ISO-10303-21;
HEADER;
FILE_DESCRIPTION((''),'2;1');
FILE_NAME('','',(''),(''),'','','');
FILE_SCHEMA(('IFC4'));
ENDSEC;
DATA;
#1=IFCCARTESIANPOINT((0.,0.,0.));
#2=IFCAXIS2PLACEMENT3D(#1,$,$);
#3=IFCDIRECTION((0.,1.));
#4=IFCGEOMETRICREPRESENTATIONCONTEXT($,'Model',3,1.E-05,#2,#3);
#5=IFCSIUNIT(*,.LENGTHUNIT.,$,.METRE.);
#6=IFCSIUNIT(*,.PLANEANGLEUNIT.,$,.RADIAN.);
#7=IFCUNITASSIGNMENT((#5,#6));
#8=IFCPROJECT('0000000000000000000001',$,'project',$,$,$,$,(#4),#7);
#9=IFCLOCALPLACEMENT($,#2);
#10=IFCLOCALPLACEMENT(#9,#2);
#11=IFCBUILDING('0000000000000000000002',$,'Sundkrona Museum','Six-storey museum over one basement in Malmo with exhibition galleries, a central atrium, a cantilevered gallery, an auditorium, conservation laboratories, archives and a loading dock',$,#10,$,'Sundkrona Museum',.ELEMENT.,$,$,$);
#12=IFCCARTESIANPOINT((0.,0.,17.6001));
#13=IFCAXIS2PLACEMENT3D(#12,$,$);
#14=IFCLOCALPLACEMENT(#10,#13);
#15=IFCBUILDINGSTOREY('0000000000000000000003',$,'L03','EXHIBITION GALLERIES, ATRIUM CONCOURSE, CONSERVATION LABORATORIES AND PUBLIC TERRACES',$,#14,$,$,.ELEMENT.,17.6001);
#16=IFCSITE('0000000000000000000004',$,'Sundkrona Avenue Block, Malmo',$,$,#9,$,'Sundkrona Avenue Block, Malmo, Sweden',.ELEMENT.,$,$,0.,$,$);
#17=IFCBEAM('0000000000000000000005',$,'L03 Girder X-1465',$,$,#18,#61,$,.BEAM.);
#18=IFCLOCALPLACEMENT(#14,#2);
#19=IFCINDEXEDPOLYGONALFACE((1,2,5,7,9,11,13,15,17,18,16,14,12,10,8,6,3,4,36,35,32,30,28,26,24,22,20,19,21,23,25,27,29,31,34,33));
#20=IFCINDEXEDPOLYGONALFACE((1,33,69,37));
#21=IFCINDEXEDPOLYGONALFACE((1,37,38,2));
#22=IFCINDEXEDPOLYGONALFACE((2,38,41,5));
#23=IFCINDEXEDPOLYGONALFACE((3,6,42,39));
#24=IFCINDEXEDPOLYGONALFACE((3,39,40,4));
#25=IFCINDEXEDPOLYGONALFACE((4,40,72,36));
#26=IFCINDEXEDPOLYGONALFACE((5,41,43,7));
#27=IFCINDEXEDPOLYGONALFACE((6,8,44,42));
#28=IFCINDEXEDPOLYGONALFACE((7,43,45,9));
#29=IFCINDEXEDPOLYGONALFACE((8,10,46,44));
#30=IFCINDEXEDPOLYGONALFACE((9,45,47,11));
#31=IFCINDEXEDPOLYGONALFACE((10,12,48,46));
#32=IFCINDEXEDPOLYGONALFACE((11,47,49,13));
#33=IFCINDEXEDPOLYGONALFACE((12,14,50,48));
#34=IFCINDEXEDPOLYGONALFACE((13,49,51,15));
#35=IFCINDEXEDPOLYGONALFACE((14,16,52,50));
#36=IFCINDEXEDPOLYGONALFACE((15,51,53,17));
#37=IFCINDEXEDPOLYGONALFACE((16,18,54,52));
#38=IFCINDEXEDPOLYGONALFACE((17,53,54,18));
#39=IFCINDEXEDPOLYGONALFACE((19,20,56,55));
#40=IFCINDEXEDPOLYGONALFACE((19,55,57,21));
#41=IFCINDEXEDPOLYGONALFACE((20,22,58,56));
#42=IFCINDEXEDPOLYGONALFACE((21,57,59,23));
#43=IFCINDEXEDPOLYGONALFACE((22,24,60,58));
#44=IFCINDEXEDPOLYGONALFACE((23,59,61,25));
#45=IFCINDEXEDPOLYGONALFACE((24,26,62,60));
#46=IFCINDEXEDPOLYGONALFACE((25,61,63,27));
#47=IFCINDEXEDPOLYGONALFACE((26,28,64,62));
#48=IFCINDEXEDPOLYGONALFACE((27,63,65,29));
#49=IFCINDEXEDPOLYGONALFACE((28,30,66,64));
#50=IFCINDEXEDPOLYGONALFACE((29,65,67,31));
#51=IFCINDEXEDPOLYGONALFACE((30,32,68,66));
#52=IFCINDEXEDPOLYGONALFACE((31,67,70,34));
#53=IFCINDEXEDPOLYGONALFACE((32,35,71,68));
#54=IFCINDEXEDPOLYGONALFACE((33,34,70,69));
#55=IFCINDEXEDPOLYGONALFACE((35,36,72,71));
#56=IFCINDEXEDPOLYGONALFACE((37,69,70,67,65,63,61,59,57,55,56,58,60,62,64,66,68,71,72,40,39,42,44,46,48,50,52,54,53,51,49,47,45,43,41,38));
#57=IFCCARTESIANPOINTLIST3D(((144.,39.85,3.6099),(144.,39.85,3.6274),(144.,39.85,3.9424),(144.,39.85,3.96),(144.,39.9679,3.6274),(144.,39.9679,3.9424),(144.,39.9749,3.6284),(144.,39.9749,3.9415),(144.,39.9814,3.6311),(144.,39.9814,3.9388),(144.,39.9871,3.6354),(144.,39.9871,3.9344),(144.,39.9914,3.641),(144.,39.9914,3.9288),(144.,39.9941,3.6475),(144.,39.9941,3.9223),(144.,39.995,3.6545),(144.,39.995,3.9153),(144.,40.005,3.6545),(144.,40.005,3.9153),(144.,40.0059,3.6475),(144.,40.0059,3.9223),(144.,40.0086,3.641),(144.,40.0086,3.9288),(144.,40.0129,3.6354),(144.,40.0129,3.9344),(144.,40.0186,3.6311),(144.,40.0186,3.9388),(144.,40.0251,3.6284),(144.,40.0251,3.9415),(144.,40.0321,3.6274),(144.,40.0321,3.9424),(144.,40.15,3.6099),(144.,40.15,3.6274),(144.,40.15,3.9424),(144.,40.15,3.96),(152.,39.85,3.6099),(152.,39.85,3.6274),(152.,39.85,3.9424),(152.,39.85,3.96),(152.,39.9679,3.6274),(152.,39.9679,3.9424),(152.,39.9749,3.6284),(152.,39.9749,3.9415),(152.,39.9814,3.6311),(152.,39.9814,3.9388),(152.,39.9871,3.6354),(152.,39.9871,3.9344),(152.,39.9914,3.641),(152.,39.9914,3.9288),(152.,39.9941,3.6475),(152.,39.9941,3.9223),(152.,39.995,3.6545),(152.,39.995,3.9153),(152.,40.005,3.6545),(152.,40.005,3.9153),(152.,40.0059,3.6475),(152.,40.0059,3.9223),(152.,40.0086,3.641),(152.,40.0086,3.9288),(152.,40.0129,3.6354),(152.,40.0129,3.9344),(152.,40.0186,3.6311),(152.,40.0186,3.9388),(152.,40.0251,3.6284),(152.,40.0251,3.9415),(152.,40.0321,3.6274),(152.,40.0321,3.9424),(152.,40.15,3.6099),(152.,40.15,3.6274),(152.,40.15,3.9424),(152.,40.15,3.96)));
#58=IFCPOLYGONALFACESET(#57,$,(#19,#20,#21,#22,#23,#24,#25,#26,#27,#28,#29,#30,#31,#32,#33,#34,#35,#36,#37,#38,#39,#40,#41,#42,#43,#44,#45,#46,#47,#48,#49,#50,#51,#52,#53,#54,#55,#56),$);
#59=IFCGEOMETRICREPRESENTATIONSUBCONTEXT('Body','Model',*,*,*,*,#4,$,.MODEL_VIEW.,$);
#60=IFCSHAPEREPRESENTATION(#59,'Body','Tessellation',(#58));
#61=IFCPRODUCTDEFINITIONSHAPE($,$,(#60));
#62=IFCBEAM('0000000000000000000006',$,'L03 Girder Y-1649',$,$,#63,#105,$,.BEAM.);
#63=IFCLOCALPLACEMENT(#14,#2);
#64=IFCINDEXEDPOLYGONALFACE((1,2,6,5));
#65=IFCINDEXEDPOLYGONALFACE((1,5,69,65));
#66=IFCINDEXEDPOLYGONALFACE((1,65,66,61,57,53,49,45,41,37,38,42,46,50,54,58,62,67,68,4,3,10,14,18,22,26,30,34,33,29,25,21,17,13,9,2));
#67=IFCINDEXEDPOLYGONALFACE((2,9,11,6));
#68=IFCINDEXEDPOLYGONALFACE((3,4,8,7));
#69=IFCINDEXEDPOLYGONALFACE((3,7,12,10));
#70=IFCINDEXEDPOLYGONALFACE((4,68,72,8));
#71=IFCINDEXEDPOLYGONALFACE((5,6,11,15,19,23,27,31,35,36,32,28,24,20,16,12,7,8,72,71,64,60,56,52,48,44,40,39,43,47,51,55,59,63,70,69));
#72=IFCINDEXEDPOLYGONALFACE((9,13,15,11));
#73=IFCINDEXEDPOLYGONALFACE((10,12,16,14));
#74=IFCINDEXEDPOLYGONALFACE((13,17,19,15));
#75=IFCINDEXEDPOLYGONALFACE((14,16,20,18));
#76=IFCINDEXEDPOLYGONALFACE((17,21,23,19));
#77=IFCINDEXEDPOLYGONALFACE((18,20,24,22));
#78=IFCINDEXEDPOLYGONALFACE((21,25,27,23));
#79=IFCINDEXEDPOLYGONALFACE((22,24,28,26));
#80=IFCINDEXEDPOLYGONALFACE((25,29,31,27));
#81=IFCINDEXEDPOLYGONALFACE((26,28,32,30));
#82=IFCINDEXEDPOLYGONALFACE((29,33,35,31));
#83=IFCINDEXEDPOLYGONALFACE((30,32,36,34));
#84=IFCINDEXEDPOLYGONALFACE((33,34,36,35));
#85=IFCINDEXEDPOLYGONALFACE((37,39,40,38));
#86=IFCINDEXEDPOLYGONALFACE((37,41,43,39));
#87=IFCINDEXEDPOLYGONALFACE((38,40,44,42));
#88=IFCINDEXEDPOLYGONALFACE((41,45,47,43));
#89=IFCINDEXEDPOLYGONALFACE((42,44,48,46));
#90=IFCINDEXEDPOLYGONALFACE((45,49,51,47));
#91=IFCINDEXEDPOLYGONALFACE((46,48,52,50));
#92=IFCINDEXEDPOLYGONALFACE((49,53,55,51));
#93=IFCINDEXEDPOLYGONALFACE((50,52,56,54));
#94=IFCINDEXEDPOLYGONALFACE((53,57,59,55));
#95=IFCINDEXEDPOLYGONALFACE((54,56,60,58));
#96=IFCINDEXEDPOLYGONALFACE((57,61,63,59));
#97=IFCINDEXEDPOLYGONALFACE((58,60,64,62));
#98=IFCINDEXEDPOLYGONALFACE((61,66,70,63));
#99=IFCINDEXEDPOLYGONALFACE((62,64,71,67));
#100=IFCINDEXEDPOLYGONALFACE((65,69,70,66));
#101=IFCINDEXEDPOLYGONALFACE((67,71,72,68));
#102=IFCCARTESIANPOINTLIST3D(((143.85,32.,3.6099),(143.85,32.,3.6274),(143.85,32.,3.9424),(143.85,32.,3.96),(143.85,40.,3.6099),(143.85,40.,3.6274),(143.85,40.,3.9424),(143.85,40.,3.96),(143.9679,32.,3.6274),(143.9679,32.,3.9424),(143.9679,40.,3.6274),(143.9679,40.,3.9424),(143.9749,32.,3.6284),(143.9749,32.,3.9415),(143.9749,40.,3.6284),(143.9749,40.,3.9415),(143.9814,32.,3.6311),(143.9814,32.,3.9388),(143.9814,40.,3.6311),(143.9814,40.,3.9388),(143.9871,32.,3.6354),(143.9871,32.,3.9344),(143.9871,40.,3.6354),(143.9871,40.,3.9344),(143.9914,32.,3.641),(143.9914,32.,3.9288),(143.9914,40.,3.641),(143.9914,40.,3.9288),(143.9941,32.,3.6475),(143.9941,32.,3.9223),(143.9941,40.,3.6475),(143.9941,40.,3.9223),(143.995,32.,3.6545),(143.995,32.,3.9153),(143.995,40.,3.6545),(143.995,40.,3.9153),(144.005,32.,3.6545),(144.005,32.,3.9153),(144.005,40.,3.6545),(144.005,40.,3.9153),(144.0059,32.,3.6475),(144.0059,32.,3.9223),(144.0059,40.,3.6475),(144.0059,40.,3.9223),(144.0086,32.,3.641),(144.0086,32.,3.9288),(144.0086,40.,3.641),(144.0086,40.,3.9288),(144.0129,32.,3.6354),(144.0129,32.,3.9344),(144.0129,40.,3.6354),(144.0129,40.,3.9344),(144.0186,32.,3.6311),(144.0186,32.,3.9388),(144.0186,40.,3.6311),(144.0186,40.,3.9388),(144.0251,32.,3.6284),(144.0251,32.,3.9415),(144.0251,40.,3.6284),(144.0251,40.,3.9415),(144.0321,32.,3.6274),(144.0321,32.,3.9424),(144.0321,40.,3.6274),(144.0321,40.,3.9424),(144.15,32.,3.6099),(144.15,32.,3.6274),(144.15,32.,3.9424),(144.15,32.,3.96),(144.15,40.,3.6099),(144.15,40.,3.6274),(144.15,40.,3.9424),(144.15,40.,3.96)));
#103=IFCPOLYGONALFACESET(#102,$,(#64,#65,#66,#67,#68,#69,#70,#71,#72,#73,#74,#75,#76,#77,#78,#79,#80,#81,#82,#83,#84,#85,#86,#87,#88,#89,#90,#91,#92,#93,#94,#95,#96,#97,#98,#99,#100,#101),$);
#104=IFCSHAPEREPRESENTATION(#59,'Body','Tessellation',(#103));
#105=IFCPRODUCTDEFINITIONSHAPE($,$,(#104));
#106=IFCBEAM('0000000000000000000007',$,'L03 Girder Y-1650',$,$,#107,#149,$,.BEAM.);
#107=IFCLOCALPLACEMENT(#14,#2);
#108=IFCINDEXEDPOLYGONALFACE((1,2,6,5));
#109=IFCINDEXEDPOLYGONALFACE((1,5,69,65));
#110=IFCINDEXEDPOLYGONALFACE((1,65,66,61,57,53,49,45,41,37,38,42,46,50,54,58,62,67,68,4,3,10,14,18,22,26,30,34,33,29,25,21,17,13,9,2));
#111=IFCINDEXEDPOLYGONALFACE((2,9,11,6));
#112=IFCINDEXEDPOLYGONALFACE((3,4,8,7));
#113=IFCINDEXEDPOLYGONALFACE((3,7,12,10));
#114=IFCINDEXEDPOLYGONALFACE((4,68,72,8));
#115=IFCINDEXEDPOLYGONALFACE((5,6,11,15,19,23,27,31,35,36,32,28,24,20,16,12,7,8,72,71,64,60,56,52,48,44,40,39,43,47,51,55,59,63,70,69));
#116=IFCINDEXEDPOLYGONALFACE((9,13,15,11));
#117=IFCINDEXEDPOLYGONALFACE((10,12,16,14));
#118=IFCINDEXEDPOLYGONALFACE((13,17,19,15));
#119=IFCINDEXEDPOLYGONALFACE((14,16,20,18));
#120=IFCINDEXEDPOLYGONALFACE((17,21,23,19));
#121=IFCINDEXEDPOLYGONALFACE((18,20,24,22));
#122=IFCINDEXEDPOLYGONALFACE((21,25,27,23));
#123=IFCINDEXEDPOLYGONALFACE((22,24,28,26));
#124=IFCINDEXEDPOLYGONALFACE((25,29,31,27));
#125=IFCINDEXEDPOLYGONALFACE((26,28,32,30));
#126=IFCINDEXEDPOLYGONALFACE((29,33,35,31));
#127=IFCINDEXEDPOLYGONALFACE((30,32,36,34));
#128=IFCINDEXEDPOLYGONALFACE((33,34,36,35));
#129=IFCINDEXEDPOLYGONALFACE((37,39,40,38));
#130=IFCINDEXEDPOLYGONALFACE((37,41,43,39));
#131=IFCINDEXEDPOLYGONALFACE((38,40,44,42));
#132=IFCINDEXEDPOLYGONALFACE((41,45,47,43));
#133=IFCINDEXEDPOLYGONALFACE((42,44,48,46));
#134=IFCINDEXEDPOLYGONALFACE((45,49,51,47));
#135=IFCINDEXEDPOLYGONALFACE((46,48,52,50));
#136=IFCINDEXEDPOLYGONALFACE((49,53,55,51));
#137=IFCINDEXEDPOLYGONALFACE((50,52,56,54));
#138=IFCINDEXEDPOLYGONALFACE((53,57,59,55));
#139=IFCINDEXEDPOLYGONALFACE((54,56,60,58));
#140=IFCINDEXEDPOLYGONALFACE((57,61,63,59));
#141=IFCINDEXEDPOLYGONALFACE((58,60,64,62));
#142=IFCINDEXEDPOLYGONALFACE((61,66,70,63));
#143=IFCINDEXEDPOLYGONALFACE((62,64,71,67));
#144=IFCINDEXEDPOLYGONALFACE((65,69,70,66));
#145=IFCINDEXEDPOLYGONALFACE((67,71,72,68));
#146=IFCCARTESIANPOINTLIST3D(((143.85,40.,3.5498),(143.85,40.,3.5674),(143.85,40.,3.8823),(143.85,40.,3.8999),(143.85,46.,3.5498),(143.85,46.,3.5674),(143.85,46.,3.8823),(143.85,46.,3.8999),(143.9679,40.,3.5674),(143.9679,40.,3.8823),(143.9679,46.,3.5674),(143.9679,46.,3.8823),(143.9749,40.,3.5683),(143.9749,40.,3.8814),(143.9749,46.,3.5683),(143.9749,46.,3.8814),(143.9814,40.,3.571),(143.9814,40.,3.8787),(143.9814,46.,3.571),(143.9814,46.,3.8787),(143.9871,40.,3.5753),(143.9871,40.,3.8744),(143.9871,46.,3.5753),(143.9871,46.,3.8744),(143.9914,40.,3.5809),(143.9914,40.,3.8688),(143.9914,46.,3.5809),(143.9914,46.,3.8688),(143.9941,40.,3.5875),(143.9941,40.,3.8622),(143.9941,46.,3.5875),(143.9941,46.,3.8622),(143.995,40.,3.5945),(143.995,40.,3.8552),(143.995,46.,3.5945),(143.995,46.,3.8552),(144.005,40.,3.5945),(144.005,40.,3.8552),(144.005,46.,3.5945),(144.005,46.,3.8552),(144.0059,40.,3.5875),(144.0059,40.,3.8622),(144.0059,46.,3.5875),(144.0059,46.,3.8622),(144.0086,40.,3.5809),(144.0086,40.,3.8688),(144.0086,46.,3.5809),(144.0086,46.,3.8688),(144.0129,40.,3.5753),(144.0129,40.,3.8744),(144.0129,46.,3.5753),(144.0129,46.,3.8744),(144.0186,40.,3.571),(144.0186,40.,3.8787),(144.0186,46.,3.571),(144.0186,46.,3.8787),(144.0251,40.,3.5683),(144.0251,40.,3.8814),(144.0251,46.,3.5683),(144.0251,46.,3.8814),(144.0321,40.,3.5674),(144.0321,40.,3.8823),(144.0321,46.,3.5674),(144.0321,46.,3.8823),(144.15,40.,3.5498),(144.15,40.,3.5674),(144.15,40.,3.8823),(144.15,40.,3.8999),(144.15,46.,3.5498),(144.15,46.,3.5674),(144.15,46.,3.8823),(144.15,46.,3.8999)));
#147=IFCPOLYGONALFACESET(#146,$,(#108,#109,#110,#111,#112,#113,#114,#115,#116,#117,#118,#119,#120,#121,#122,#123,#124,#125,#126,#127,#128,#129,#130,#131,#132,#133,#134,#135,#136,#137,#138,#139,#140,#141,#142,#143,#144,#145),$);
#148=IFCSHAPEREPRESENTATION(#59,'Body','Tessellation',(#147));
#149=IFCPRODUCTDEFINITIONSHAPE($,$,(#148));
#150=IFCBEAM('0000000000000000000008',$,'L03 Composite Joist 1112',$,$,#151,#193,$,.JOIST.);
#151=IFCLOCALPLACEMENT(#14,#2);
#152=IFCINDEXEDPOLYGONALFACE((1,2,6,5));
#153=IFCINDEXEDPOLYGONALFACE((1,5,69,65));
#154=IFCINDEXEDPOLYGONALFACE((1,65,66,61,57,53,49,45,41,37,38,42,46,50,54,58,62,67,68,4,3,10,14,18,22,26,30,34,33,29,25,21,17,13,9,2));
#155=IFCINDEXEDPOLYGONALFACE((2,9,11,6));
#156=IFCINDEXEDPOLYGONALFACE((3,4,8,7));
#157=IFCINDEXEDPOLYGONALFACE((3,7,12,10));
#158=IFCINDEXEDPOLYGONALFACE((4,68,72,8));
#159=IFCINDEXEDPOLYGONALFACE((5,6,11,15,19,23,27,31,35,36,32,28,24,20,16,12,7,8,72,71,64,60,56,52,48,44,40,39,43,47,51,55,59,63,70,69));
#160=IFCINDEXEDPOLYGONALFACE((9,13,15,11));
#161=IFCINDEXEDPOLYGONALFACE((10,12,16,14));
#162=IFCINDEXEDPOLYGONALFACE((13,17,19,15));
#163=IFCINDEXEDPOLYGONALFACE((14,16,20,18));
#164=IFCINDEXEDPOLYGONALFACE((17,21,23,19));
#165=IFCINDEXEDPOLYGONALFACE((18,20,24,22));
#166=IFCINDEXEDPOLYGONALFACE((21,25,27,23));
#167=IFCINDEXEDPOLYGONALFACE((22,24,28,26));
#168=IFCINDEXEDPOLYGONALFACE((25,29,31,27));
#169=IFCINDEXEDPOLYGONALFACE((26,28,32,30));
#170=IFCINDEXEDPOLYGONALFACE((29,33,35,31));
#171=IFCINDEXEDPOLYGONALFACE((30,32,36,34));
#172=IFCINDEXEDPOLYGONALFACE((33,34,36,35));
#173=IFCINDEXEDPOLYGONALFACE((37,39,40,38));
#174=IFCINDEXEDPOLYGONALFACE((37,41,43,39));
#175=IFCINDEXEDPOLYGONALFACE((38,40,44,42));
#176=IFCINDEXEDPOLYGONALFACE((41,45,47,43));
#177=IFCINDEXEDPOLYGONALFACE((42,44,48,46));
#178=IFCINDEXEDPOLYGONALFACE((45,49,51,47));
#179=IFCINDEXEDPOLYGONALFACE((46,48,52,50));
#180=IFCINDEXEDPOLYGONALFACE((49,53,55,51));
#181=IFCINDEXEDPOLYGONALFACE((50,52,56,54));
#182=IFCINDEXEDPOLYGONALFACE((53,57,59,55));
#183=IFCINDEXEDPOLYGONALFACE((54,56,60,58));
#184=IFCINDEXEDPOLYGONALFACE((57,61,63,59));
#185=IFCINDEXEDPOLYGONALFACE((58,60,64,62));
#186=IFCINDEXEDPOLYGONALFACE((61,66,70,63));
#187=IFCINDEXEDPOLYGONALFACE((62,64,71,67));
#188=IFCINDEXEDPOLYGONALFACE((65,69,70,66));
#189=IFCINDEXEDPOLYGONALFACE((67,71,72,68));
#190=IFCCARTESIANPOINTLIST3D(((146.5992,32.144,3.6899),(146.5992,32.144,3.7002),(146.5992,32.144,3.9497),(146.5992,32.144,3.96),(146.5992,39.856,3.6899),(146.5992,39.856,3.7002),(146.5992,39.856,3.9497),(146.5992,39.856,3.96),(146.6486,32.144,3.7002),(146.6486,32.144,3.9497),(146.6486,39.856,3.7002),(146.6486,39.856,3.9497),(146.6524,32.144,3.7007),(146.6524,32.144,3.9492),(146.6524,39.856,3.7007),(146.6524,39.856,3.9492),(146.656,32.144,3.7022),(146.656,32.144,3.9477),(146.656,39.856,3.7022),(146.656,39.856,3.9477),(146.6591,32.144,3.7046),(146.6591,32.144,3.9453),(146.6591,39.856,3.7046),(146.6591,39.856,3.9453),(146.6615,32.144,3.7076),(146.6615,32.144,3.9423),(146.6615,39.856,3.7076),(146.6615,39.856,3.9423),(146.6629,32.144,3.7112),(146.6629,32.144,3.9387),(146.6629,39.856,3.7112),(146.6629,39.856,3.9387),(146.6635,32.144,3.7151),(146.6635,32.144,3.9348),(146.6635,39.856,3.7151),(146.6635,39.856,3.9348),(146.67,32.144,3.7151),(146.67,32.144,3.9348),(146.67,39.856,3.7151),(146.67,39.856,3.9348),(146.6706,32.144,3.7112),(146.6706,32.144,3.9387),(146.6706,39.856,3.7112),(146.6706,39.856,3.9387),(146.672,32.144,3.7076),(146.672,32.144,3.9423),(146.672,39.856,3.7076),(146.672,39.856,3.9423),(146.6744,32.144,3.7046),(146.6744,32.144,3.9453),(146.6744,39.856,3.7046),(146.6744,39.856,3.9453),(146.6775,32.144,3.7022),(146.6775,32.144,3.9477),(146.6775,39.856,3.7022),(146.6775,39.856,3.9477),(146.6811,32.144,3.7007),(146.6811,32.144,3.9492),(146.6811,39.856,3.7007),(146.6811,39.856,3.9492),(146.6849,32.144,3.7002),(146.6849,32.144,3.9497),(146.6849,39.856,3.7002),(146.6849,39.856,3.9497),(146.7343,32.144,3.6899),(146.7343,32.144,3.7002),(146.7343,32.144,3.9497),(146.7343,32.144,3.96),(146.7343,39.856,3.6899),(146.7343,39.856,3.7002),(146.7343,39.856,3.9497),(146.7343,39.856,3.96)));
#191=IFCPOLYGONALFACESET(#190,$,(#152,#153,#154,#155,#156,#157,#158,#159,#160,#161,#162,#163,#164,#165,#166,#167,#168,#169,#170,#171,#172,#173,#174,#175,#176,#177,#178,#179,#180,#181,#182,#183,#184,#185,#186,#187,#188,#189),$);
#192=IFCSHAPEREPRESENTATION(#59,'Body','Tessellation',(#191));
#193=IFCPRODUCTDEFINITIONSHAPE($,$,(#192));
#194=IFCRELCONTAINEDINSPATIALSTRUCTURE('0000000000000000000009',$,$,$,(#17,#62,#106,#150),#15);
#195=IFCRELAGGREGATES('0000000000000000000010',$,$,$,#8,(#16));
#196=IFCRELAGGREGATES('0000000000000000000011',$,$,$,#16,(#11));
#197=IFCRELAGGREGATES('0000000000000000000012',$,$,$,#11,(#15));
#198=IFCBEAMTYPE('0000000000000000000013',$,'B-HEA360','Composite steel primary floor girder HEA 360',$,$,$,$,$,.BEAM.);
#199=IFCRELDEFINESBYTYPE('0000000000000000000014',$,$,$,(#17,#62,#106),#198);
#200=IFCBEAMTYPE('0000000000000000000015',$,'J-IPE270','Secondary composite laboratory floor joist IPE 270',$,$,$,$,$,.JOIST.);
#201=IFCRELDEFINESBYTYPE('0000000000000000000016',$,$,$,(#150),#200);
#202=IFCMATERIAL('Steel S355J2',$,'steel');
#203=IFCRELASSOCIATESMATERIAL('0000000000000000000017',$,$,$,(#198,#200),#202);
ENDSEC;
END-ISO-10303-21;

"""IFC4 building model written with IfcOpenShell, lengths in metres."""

from ifc_helpers import new_model, si_unit, direction, frame, origin, origin_2d, place, context, subcontext, project, spatial, i_section, extrude, material, material_profile, profile_set, type_object, element, save


model = new_model("IFC4")

# Units and contexts
model_context = context("Model", 3, precision=1e-05, world=origin(), true_north=direction((0.0, 1.0)))
body_context = subcontext(model_context, "Body", "Model", "MODEL_VIEW")
ifc_project = project(units=[si_unit("LENGTHUNIT", "METRE"), si_unit("PLANEANGLEUNIT", "RADIAN")], contexts=[model_context])

# Site, building, storey
site_placement = place(None, origin())
site = spatial("IfcSite", under=ifc_project, at=site_placement, Name="Sundkrona Avenue Block, Malmo", LongName="Sundkrona Avenue Block, Malmo, Sweden", CompositionType="ELEMENT", RefElevation=0.0)
building_placement = place(site_placement, origin())
building = spatial("IfcBuilding", under=site, at=building_placement, Name="Sundkrona Museum", Description="Six-storey museum over one basement in Malmo with exhibition galleries, a central atrium, a cantilevered gallery, an auditorium, conservation laboratories, archives and a loading dock", LongName="Sundkrona Museum", CompositionType="ELEMENT")
storey_placement = place(building_placement, frame((0.0, 0.0, 17.6001)))
storey = spatial("IfcBuildingStorey", under=building, at=storey_placement, Name="L03", Description="EXHIBITION GALLERIES, ATRIUM CONCOURSE, CONSERVATION LABORATORIES AND PUBLIC TERRACES", CompositionType="ELEMENT", Elevation=17.6001)

# Shared definitions
ifc_material_1 = material(Name="Steel S355J2", Category="steel")

# Beams
ifc_material_profile_1 = material_profile(ifc_material_1, i_section(OverallWidth=0.3, OverallDepth=0.3501, WebThickness=0.01, FlangeThickness=0.0176, FilletRadius=0.0271, at=origin_2d()), Name="HEA 360")
ifc_profile_set_1 = profile_set([ifc_material_profile_1], Name="Steel S355J2")
beam_type_1 = type_object("IfcBeamType", Name="B-HEA360", Description="Composite steel primary floor girder HEA 360", PredefinedType="BEAM", material=ifc_profile_set_1)
for number, where, z_axis, x_axis, name in (
    (1, (144.0, 40.0, 3.7849), (1.0, 0.0, 0.0), (0.0, 1.0, 0.0), "L03 Girder X-1465"),
    (2, (144.0, 32.0, 3.7849), (0.0, 1.0, 0.0), (-1.0, 0.0, 0.0), "L03 Girder Y-1649"),
):
    element("IfcBeam", number, at=place(storey_placement, frame(where, z_axis=z_axis, x_axis=x_axis)), inside=storey, type_object=beam_type_1, Name=name, PredefinedType="BEAM", context=body_context, shape_type="SweptSolid", body=[
        extrude(i_section(OverallWidth=0.3, OverallDepth=0.3501, WebThickness=0.01, FlangeThickness=0.0176, FilletRadius=0.0271, at=origin_2d()), origin(), (0.0, 0.0, 1.0), 8.0),
    ])
beam_1_placement = place(storey_placement, frame((144.0, 40.0, 3.7249), z_axis=(0.0, 1.0, 0.0), x_axis=(-1.0, 0.0, 0.0)))
element("IfcBeam", 3, at=beam_1_placement, inside=storey, type_object=beam_type_1, Name="L03 Girder Y-1650", PredefinedType="BEAM", context=body_context, shape_type="SweptSolid", body=[
    extrude(i_section(OverallWidth=0.3, OverallDepth=0.3501, WebThickness=0.01, FlangeThickness=0.0176, FilletRadius=0.0271, at=origin_2d()), origin(), (0.0, 0.0, 1.0), 6.0),
])
ifc_material_profile_2 = material_profile(ifc_material_1, i_section(OverallWidth=0.135, OverallDepth=0.27, WebThickness=0.0066, FlangeThickness=0.0103, FilletRadius=0.0149, at=origin_2d()), Name="IPE 270")
ifc_profile_set_2 = profile_set([ifc_material_profile_2], Name="Steel S355J2")
beam_type_2 = type_object("IfcBeamType", Name="J-IPE270", Description="Secondary composite laboratory floor joist IPE 270", PredefinedType="JOIST", material=ifc_profile_set_2)
for number, where, z_axis, x_axis, name in (
    (4, (146.6667, 32.144, 3.825), (0.0, 1.0, 0.0), (-1.0, 0.0, 0.0), "L03 Composite Joist 1112"),
):
    element("IfcBeam", number, at=place(storey_placement, frame(where, z_axis=z_axis, x_axis=x_axis)), inside=storey, type_object=beam_type_2, Name=name, PredefinedType="JOIST", context=body_context, shape_type="SweptSolid", body=[
        extrude(i_section(OverallWidth=0.135, OverallDepth=0.27, WebThickness=0.0066, FlangeThickness=0.0103, FilletRadius=0.0149, at=origin_2d()), origin(), (0.0, 0.0, 1.0), 7.7119),
    ])

save(model, "model.ifc")
